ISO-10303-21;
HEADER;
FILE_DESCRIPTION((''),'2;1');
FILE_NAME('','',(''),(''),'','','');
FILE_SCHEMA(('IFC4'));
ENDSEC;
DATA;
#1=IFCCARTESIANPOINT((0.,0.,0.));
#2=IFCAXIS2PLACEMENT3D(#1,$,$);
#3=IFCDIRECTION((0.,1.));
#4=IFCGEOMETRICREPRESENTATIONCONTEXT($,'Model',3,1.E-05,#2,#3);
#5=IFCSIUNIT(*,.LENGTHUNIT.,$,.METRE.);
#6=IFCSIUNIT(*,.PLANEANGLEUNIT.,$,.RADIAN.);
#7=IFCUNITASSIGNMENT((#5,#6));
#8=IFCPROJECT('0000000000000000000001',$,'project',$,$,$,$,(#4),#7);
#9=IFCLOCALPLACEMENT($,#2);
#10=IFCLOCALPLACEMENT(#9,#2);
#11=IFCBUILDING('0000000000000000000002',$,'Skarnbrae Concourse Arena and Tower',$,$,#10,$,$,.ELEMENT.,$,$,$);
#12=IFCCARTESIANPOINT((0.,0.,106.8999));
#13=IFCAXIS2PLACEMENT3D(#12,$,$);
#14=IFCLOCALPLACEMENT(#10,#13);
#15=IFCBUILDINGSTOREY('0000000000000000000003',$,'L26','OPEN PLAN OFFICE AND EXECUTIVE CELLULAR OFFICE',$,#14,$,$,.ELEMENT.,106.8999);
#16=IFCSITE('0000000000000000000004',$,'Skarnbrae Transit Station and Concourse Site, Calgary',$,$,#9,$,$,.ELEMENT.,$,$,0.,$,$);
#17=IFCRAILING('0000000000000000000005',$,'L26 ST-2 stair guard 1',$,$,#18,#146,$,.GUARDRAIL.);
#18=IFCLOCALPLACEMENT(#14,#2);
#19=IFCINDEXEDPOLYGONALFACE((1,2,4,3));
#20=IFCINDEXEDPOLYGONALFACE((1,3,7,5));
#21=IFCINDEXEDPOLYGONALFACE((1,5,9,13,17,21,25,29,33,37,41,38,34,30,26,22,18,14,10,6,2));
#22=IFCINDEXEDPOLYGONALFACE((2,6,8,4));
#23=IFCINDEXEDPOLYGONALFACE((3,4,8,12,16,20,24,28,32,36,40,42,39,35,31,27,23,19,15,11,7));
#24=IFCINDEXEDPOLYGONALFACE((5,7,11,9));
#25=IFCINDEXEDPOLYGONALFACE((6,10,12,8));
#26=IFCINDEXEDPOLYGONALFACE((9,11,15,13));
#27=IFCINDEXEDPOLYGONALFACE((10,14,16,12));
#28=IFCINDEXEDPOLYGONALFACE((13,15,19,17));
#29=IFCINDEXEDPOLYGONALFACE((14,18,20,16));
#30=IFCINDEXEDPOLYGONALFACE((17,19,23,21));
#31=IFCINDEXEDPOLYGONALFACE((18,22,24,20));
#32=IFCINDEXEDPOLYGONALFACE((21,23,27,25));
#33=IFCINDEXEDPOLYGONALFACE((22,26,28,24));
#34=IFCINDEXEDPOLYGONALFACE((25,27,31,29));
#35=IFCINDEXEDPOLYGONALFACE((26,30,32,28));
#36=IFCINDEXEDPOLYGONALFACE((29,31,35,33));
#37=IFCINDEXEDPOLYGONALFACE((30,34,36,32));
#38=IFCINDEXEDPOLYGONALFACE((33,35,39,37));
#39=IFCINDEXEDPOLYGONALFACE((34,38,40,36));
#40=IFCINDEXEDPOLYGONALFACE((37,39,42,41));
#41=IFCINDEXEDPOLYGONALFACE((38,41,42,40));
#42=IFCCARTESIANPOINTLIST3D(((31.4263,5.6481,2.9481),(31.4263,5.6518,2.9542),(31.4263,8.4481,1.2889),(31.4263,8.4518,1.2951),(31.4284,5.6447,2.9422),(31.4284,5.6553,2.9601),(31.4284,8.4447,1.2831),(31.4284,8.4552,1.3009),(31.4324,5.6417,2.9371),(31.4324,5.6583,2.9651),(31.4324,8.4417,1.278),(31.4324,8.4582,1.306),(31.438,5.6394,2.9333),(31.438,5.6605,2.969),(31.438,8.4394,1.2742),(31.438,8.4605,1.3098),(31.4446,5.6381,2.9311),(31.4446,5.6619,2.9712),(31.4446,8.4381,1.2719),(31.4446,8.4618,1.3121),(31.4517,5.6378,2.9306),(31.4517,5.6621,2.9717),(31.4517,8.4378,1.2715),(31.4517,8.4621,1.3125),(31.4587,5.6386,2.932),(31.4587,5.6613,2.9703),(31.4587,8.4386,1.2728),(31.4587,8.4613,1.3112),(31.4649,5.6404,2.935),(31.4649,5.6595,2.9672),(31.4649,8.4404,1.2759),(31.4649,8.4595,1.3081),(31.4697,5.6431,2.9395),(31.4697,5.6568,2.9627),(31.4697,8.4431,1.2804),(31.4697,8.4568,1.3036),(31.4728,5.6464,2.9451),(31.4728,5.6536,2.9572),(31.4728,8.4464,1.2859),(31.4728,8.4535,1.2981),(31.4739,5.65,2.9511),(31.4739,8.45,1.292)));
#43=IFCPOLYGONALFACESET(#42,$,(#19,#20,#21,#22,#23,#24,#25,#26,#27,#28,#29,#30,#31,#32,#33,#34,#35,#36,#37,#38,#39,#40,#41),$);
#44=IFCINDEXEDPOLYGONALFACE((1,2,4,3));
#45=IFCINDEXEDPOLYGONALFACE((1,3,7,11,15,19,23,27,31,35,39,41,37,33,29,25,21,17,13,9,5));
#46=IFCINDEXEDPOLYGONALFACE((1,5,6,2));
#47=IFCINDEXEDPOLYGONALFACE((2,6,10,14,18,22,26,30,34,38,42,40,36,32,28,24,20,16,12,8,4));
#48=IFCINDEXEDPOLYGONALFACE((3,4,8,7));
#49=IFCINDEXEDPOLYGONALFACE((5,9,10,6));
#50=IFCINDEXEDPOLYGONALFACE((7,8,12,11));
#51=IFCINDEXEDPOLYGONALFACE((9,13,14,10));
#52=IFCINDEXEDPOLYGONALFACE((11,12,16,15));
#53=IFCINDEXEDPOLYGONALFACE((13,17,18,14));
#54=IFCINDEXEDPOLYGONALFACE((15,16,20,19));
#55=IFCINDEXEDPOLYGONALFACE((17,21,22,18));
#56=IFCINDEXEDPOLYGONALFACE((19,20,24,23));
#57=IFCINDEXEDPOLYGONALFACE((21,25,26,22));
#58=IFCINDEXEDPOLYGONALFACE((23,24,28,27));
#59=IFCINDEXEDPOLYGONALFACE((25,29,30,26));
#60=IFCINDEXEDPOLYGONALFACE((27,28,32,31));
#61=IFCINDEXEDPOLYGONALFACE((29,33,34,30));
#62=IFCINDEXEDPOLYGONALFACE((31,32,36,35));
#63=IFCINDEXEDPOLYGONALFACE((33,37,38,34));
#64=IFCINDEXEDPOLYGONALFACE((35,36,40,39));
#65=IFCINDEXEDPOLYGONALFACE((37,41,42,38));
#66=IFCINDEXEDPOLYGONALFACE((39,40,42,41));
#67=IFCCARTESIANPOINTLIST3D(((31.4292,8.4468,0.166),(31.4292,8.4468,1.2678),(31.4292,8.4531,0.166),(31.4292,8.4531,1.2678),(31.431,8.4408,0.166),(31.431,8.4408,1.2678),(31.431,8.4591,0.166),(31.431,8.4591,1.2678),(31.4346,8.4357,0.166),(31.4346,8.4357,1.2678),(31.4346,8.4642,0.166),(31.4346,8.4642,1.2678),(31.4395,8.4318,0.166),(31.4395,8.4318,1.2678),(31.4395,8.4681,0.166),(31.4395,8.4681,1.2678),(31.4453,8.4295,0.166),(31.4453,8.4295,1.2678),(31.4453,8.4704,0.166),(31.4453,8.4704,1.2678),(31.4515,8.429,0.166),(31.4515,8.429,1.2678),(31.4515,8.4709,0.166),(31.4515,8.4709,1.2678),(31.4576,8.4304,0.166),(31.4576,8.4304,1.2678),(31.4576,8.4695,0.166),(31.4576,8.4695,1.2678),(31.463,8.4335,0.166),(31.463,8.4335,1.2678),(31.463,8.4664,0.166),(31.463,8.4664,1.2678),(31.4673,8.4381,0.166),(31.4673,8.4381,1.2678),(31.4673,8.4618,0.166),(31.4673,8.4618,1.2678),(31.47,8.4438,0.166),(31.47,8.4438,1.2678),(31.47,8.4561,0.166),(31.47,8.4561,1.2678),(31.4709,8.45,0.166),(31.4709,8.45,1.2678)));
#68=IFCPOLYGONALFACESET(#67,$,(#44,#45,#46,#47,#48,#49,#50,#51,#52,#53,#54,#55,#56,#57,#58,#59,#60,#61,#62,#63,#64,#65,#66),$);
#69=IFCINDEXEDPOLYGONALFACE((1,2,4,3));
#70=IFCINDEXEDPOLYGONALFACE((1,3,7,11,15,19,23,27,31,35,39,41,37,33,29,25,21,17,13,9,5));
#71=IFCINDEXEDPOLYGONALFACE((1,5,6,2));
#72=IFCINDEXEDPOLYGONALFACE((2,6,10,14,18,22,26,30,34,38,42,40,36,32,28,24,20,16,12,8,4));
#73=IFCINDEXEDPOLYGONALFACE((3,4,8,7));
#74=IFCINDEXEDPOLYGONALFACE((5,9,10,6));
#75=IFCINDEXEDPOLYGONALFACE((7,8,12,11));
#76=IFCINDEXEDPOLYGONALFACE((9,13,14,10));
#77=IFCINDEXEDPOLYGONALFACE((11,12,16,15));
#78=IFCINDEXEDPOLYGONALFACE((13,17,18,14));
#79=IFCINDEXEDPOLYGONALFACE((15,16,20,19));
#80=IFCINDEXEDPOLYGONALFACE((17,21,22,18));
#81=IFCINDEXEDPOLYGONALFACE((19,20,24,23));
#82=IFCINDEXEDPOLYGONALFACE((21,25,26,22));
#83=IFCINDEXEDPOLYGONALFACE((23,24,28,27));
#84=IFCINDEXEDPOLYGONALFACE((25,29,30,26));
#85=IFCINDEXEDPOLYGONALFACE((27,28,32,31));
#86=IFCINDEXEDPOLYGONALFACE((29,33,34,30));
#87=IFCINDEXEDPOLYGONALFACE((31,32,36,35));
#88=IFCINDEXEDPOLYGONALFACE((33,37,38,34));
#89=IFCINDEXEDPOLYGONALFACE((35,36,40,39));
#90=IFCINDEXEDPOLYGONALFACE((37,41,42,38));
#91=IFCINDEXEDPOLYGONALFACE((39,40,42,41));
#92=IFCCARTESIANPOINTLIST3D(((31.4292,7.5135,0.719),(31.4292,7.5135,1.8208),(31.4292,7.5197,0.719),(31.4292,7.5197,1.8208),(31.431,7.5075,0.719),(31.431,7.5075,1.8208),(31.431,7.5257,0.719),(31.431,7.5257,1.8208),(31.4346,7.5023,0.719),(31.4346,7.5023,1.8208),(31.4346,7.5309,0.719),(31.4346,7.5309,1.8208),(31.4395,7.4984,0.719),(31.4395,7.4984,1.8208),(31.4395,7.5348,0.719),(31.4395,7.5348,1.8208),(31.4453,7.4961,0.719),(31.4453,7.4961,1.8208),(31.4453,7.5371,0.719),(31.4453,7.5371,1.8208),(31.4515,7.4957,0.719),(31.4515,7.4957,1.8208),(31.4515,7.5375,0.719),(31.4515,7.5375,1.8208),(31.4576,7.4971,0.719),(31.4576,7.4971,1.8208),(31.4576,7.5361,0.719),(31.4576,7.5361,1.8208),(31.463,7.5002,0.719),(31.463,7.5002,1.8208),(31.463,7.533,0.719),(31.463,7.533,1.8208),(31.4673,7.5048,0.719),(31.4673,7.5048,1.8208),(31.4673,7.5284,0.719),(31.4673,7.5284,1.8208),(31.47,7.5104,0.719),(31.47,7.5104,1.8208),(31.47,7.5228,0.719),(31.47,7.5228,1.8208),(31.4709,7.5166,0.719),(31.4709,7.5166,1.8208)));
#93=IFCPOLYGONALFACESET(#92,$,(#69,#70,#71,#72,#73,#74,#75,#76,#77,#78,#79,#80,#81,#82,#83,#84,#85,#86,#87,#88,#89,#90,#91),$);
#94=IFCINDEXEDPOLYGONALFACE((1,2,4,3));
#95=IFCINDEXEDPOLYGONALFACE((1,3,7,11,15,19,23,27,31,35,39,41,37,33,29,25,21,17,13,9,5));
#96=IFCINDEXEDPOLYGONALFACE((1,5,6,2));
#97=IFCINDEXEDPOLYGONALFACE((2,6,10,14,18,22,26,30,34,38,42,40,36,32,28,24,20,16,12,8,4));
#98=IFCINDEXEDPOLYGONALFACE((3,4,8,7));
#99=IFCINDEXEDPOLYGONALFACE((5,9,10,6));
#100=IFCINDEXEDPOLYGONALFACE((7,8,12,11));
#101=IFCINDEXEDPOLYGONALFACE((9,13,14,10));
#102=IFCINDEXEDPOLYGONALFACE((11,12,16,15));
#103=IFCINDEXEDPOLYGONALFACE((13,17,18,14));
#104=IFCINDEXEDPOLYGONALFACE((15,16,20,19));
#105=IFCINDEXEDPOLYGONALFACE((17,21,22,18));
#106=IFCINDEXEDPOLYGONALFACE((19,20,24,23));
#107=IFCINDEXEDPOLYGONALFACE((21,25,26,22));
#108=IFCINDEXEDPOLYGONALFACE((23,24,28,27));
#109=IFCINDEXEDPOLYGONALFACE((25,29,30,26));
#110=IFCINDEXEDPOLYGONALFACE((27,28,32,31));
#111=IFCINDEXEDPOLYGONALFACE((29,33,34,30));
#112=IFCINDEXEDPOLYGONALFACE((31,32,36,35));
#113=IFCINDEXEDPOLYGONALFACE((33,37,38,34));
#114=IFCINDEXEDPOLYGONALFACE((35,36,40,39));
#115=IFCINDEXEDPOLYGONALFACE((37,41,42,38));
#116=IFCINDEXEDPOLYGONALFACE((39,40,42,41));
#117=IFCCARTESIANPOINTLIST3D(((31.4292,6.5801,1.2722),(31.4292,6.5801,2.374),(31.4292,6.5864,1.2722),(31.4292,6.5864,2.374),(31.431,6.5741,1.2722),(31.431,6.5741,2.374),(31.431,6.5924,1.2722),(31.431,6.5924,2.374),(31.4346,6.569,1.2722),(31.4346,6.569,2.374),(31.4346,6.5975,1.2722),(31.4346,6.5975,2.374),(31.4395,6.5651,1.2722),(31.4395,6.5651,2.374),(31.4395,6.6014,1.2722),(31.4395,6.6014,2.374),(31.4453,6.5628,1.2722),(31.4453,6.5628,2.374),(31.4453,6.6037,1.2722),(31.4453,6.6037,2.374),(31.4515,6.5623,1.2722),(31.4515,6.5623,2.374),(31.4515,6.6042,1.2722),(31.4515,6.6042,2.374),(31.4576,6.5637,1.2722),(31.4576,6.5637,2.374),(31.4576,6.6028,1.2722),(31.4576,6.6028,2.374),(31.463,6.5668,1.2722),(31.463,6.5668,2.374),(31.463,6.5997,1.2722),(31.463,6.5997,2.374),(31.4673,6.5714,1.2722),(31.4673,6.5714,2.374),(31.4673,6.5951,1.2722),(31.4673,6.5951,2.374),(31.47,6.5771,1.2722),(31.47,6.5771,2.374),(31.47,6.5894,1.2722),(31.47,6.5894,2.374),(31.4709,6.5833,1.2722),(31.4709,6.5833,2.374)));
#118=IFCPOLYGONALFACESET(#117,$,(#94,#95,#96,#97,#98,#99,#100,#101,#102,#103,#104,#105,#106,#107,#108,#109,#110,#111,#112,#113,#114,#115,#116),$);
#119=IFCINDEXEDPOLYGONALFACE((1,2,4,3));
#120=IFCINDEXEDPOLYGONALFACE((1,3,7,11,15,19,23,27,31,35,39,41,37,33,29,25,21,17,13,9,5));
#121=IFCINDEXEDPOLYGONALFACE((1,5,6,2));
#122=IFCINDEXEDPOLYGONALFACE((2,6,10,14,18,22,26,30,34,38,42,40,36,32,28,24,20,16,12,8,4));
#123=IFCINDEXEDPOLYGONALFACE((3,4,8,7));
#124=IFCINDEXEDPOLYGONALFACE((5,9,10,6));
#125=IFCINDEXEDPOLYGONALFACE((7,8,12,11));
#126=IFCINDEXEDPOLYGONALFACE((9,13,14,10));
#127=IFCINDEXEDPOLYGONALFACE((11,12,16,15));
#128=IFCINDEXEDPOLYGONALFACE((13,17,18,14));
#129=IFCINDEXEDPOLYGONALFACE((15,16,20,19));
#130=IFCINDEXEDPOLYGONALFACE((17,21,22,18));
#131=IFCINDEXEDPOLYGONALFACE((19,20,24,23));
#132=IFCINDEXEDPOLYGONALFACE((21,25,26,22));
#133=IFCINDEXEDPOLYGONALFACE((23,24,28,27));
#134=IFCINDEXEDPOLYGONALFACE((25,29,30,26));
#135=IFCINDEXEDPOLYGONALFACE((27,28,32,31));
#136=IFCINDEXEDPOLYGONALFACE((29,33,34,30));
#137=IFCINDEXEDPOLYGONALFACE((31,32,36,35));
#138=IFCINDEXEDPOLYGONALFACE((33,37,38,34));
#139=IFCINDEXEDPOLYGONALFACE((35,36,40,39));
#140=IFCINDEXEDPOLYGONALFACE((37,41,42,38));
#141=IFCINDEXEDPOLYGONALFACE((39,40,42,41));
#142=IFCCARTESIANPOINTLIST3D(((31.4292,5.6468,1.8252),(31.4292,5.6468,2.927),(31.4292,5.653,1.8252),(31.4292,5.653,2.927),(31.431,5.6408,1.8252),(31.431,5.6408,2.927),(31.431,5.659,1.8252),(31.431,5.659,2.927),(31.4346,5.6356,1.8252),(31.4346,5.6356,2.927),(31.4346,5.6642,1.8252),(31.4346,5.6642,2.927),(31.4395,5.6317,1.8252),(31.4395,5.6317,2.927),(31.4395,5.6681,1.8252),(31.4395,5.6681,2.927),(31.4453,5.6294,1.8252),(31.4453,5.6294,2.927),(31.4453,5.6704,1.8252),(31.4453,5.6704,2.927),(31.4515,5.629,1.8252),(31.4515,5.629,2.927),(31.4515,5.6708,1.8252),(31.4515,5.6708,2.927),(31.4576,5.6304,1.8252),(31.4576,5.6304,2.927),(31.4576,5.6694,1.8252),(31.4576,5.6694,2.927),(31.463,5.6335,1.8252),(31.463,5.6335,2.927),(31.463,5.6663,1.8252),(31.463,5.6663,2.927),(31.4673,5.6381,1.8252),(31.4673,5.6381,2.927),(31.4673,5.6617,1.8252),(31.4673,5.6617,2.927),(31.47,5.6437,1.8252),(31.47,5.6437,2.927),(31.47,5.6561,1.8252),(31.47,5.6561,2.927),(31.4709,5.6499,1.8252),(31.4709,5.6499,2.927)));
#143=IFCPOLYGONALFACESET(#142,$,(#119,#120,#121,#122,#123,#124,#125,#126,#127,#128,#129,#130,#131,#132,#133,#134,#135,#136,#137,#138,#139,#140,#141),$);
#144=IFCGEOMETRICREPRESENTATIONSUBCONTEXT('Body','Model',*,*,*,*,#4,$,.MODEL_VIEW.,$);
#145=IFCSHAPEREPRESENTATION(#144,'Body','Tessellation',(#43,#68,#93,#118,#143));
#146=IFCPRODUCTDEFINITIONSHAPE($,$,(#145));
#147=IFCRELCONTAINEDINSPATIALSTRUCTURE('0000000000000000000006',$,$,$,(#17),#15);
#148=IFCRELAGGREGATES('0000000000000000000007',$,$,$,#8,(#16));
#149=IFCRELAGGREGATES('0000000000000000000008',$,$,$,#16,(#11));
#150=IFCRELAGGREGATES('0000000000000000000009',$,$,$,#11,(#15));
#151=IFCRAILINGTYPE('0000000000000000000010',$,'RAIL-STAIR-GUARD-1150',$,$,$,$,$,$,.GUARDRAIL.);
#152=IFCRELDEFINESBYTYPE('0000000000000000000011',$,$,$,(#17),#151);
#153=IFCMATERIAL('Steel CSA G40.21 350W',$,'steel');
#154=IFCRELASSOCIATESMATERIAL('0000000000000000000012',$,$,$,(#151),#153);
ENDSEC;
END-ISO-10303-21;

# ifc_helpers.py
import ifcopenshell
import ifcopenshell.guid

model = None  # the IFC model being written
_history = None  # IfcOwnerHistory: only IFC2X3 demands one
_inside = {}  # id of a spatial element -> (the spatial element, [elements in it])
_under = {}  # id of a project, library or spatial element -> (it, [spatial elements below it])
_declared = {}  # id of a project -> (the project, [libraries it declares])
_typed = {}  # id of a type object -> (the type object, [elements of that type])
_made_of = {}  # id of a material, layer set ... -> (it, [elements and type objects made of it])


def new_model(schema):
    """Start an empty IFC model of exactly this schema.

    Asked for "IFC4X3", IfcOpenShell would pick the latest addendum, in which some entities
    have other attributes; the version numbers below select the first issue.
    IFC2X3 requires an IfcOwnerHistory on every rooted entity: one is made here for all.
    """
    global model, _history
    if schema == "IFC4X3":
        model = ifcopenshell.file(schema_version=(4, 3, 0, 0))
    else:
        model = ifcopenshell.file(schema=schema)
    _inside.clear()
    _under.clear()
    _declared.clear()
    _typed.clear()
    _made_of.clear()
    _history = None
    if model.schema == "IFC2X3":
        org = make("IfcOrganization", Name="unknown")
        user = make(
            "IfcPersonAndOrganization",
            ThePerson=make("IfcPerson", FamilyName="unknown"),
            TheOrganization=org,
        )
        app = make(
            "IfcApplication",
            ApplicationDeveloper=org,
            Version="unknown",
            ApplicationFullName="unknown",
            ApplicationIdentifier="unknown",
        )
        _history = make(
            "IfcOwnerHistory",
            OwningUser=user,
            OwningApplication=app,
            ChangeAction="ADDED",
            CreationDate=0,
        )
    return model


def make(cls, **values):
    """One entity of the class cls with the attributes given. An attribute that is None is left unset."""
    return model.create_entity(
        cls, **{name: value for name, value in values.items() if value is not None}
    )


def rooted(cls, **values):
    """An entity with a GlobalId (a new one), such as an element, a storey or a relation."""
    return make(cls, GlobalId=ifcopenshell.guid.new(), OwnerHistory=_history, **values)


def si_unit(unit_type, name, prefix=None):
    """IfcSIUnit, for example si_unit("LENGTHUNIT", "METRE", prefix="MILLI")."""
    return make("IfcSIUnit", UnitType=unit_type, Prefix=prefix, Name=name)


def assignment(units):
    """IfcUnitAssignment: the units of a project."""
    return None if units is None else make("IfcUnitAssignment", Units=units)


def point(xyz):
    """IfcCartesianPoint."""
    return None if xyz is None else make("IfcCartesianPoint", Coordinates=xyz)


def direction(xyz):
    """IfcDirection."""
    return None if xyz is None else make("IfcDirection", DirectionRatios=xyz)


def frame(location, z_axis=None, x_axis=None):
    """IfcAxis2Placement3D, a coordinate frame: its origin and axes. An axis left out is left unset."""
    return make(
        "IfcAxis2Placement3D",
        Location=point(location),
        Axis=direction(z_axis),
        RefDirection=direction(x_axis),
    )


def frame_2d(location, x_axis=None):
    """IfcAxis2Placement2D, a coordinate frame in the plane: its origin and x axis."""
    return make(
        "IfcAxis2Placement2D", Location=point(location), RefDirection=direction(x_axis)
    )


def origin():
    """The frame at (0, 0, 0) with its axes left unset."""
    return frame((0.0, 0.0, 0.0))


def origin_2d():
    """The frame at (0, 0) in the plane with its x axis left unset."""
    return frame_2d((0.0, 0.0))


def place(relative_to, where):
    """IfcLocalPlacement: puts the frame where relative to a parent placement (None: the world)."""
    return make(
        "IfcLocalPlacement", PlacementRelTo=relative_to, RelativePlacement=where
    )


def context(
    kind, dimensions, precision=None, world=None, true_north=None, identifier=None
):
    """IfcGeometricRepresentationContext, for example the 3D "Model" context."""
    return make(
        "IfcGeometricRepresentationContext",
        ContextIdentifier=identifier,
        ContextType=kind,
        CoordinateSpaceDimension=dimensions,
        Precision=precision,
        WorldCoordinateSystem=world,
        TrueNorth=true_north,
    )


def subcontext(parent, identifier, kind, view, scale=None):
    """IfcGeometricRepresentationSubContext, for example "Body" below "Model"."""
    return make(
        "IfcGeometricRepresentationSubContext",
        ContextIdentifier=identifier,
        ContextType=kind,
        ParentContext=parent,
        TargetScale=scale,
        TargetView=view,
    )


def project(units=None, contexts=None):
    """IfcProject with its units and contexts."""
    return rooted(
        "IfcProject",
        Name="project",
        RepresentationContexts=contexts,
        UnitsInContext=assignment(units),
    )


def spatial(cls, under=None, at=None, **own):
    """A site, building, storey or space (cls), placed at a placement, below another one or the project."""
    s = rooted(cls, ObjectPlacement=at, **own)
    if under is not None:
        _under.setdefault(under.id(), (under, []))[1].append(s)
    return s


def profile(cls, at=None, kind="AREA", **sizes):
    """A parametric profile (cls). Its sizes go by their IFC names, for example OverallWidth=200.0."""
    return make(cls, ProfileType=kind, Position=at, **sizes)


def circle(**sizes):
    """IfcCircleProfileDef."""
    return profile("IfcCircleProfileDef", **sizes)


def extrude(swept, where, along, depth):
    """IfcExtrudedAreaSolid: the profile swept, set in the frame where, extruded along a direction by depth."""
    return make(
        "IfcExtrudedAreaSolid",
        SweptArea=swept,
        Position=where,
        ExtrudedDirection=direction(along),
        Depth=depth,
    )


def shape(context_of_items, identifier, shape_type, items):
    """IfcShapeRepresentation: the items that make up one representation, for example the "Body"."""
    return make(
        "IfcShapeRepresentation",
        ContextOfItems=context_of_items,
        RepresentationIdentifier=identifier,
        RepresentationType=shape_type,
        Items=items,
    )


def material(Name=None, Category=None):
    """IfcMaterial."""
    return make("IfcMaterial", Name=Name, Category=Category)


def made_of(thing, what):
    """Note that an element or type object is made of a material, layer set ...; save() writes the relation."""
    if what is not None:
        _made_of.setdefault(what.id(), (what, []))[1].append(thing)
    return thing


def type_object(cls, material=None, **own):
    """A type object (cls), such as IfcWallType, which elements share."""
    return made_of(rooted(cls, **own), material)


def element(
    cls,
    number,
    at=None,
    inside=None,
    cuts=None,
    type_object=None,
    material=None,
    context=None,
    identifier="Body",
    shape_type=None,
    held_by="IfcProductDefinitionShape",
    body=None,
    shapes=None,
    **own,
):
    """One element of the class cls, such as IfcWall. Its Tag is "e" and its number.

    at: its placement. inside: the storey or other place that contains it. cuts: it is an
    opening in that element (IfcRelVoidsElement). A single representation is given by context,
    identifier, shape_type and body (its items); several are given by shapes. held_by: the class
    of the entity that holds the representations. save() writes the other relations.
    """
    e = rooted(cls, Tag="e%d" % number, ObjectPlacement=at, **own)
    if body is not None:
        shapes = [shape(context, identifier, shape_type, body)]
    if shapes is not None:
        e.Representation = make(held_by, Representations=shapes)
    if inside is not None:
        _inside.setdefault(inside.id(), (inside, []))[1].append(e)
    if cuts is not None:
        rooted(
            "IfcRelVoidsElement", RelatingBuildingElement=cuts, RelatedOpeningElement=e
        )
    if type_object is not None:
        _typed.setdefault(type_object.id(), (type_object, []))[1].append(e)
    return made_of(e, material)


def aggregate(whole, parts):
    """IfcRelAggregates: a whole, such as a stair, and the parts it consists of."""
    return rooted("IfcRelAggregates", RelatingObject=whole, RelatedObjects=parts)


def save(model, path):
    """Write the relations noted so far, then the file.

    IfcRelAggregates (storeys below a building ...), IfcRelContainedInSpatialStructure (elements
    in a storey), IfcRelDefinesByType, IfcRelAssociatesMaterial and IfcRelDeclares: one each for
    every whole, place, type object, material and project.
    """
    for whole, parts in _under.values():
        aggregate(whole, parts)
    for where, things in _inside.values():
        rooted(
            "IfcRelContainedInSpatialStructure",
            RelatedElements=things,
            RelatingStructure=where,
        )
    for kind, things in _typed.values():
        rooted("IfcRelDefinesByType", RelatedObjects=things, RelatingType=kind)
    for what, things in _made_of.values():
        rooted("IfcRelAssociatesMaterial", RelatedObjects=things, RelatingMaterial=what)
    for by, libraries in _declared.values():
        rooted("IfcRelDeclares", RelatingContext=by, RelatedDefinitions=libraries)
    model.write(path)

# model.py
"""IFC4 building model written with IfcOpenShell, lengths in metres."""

from ifc_helpers import new_model, si_unit, direction, frame, origin, origin_2d, place, context, subcontext, project, spatial, circle, extrude, material, type_object, element, save


model = new_model("IFC4")

# Units and contexts
model_context = context("Model", 3, precision=1e-05, world=origin(), true_north=direction((0.0, 1.0)))
body_context = subcontext(model_context, "Body", "Model", "MODEL_VIEW")
ifc_project = project(units=[si_unit("LENGTHUNIT", "METRE"), si_unit("PLANEANGLEUNIT", "RADIAN")], contexts=[model_context])

# Site, building, storey
site_placement = place(None, origin())
site = spatial("IfcSite", under=ifc_project, at=site_placement, Name="Skarnbrae Transit Station and Concourse Site, Calgary", CompositionType="ELEMENT", RefElevation=0.0)
building_placement = place(site_placement, origin())
building = spatial("IfcBuilding", under=site, at=building_placement, Name="Skarnbrae Concourse Arena and Tower", CompositionType="ELEMENT")
storey_placement = place(building_placement, frame((0.0, 0.0, 106.8999)))
storey = spatial("IfcBuildingStorey", under=building, at=storey_placement, Name="L26", Description="OPEN PLAN OFFICE AND EXECUTIVE CELLULAR OFFICE", CompositionType="ELEMENT", Elevation=106.8999)

# Railing
ifc_material_1 = material(Name="Steel CSA G40.21 350W", Category="steel")
railing_type_1 = type_object("IfcRailingType", Name="RAIL-STAIR-GUARD-1150", PredefinedType="GUARDRAIL", material=ifc_material_1)
railing_1_placement = place(storey_placement, frame((31.45, 8.45, 0.166)))
element("IfcRailing", 1, at=railing_1_placement, inside=storey, type_object=railing_type_1, Name="L26 ST-2 stair guard 1", PredefinedType="GUARDRAIL", context=body_context, shape_type="SweptSolid", body=[
    extrude(circle(Radius=0.0239, at=origin_2d()), frame((0.0, 0.0, 1.126), z_axis=(0.0, -0.860306, 0.509778), x_axis=(1.0, 0.0, 0.0)), (0.0, 0.0, 1.0), 3.2546),
    extrude(circle(Radius=0.021, at=origin_2d()), origin(), (0.0, 0.0, 1.0), 1.1018),
    extrude(circle(Radius=0.021, at=origin_2d()), frame((0.0, -0.9333, 0.553)), (0.0, 0.0, 1.0), 1.1018),
    extrude(circle(Radius=0.021, at=origin_2d()), frame((0.0, -1.8667, 1.1062)), (0.0, 0.0, 1.0), 1.1018),
    extrude(circle(Radius=0.021, at=origin_2d()), frame((0.0, -2.8, 1.6592)), (0.0, 0.0, 1.0), 1.1018),
])

save(model, "model.ifc")
